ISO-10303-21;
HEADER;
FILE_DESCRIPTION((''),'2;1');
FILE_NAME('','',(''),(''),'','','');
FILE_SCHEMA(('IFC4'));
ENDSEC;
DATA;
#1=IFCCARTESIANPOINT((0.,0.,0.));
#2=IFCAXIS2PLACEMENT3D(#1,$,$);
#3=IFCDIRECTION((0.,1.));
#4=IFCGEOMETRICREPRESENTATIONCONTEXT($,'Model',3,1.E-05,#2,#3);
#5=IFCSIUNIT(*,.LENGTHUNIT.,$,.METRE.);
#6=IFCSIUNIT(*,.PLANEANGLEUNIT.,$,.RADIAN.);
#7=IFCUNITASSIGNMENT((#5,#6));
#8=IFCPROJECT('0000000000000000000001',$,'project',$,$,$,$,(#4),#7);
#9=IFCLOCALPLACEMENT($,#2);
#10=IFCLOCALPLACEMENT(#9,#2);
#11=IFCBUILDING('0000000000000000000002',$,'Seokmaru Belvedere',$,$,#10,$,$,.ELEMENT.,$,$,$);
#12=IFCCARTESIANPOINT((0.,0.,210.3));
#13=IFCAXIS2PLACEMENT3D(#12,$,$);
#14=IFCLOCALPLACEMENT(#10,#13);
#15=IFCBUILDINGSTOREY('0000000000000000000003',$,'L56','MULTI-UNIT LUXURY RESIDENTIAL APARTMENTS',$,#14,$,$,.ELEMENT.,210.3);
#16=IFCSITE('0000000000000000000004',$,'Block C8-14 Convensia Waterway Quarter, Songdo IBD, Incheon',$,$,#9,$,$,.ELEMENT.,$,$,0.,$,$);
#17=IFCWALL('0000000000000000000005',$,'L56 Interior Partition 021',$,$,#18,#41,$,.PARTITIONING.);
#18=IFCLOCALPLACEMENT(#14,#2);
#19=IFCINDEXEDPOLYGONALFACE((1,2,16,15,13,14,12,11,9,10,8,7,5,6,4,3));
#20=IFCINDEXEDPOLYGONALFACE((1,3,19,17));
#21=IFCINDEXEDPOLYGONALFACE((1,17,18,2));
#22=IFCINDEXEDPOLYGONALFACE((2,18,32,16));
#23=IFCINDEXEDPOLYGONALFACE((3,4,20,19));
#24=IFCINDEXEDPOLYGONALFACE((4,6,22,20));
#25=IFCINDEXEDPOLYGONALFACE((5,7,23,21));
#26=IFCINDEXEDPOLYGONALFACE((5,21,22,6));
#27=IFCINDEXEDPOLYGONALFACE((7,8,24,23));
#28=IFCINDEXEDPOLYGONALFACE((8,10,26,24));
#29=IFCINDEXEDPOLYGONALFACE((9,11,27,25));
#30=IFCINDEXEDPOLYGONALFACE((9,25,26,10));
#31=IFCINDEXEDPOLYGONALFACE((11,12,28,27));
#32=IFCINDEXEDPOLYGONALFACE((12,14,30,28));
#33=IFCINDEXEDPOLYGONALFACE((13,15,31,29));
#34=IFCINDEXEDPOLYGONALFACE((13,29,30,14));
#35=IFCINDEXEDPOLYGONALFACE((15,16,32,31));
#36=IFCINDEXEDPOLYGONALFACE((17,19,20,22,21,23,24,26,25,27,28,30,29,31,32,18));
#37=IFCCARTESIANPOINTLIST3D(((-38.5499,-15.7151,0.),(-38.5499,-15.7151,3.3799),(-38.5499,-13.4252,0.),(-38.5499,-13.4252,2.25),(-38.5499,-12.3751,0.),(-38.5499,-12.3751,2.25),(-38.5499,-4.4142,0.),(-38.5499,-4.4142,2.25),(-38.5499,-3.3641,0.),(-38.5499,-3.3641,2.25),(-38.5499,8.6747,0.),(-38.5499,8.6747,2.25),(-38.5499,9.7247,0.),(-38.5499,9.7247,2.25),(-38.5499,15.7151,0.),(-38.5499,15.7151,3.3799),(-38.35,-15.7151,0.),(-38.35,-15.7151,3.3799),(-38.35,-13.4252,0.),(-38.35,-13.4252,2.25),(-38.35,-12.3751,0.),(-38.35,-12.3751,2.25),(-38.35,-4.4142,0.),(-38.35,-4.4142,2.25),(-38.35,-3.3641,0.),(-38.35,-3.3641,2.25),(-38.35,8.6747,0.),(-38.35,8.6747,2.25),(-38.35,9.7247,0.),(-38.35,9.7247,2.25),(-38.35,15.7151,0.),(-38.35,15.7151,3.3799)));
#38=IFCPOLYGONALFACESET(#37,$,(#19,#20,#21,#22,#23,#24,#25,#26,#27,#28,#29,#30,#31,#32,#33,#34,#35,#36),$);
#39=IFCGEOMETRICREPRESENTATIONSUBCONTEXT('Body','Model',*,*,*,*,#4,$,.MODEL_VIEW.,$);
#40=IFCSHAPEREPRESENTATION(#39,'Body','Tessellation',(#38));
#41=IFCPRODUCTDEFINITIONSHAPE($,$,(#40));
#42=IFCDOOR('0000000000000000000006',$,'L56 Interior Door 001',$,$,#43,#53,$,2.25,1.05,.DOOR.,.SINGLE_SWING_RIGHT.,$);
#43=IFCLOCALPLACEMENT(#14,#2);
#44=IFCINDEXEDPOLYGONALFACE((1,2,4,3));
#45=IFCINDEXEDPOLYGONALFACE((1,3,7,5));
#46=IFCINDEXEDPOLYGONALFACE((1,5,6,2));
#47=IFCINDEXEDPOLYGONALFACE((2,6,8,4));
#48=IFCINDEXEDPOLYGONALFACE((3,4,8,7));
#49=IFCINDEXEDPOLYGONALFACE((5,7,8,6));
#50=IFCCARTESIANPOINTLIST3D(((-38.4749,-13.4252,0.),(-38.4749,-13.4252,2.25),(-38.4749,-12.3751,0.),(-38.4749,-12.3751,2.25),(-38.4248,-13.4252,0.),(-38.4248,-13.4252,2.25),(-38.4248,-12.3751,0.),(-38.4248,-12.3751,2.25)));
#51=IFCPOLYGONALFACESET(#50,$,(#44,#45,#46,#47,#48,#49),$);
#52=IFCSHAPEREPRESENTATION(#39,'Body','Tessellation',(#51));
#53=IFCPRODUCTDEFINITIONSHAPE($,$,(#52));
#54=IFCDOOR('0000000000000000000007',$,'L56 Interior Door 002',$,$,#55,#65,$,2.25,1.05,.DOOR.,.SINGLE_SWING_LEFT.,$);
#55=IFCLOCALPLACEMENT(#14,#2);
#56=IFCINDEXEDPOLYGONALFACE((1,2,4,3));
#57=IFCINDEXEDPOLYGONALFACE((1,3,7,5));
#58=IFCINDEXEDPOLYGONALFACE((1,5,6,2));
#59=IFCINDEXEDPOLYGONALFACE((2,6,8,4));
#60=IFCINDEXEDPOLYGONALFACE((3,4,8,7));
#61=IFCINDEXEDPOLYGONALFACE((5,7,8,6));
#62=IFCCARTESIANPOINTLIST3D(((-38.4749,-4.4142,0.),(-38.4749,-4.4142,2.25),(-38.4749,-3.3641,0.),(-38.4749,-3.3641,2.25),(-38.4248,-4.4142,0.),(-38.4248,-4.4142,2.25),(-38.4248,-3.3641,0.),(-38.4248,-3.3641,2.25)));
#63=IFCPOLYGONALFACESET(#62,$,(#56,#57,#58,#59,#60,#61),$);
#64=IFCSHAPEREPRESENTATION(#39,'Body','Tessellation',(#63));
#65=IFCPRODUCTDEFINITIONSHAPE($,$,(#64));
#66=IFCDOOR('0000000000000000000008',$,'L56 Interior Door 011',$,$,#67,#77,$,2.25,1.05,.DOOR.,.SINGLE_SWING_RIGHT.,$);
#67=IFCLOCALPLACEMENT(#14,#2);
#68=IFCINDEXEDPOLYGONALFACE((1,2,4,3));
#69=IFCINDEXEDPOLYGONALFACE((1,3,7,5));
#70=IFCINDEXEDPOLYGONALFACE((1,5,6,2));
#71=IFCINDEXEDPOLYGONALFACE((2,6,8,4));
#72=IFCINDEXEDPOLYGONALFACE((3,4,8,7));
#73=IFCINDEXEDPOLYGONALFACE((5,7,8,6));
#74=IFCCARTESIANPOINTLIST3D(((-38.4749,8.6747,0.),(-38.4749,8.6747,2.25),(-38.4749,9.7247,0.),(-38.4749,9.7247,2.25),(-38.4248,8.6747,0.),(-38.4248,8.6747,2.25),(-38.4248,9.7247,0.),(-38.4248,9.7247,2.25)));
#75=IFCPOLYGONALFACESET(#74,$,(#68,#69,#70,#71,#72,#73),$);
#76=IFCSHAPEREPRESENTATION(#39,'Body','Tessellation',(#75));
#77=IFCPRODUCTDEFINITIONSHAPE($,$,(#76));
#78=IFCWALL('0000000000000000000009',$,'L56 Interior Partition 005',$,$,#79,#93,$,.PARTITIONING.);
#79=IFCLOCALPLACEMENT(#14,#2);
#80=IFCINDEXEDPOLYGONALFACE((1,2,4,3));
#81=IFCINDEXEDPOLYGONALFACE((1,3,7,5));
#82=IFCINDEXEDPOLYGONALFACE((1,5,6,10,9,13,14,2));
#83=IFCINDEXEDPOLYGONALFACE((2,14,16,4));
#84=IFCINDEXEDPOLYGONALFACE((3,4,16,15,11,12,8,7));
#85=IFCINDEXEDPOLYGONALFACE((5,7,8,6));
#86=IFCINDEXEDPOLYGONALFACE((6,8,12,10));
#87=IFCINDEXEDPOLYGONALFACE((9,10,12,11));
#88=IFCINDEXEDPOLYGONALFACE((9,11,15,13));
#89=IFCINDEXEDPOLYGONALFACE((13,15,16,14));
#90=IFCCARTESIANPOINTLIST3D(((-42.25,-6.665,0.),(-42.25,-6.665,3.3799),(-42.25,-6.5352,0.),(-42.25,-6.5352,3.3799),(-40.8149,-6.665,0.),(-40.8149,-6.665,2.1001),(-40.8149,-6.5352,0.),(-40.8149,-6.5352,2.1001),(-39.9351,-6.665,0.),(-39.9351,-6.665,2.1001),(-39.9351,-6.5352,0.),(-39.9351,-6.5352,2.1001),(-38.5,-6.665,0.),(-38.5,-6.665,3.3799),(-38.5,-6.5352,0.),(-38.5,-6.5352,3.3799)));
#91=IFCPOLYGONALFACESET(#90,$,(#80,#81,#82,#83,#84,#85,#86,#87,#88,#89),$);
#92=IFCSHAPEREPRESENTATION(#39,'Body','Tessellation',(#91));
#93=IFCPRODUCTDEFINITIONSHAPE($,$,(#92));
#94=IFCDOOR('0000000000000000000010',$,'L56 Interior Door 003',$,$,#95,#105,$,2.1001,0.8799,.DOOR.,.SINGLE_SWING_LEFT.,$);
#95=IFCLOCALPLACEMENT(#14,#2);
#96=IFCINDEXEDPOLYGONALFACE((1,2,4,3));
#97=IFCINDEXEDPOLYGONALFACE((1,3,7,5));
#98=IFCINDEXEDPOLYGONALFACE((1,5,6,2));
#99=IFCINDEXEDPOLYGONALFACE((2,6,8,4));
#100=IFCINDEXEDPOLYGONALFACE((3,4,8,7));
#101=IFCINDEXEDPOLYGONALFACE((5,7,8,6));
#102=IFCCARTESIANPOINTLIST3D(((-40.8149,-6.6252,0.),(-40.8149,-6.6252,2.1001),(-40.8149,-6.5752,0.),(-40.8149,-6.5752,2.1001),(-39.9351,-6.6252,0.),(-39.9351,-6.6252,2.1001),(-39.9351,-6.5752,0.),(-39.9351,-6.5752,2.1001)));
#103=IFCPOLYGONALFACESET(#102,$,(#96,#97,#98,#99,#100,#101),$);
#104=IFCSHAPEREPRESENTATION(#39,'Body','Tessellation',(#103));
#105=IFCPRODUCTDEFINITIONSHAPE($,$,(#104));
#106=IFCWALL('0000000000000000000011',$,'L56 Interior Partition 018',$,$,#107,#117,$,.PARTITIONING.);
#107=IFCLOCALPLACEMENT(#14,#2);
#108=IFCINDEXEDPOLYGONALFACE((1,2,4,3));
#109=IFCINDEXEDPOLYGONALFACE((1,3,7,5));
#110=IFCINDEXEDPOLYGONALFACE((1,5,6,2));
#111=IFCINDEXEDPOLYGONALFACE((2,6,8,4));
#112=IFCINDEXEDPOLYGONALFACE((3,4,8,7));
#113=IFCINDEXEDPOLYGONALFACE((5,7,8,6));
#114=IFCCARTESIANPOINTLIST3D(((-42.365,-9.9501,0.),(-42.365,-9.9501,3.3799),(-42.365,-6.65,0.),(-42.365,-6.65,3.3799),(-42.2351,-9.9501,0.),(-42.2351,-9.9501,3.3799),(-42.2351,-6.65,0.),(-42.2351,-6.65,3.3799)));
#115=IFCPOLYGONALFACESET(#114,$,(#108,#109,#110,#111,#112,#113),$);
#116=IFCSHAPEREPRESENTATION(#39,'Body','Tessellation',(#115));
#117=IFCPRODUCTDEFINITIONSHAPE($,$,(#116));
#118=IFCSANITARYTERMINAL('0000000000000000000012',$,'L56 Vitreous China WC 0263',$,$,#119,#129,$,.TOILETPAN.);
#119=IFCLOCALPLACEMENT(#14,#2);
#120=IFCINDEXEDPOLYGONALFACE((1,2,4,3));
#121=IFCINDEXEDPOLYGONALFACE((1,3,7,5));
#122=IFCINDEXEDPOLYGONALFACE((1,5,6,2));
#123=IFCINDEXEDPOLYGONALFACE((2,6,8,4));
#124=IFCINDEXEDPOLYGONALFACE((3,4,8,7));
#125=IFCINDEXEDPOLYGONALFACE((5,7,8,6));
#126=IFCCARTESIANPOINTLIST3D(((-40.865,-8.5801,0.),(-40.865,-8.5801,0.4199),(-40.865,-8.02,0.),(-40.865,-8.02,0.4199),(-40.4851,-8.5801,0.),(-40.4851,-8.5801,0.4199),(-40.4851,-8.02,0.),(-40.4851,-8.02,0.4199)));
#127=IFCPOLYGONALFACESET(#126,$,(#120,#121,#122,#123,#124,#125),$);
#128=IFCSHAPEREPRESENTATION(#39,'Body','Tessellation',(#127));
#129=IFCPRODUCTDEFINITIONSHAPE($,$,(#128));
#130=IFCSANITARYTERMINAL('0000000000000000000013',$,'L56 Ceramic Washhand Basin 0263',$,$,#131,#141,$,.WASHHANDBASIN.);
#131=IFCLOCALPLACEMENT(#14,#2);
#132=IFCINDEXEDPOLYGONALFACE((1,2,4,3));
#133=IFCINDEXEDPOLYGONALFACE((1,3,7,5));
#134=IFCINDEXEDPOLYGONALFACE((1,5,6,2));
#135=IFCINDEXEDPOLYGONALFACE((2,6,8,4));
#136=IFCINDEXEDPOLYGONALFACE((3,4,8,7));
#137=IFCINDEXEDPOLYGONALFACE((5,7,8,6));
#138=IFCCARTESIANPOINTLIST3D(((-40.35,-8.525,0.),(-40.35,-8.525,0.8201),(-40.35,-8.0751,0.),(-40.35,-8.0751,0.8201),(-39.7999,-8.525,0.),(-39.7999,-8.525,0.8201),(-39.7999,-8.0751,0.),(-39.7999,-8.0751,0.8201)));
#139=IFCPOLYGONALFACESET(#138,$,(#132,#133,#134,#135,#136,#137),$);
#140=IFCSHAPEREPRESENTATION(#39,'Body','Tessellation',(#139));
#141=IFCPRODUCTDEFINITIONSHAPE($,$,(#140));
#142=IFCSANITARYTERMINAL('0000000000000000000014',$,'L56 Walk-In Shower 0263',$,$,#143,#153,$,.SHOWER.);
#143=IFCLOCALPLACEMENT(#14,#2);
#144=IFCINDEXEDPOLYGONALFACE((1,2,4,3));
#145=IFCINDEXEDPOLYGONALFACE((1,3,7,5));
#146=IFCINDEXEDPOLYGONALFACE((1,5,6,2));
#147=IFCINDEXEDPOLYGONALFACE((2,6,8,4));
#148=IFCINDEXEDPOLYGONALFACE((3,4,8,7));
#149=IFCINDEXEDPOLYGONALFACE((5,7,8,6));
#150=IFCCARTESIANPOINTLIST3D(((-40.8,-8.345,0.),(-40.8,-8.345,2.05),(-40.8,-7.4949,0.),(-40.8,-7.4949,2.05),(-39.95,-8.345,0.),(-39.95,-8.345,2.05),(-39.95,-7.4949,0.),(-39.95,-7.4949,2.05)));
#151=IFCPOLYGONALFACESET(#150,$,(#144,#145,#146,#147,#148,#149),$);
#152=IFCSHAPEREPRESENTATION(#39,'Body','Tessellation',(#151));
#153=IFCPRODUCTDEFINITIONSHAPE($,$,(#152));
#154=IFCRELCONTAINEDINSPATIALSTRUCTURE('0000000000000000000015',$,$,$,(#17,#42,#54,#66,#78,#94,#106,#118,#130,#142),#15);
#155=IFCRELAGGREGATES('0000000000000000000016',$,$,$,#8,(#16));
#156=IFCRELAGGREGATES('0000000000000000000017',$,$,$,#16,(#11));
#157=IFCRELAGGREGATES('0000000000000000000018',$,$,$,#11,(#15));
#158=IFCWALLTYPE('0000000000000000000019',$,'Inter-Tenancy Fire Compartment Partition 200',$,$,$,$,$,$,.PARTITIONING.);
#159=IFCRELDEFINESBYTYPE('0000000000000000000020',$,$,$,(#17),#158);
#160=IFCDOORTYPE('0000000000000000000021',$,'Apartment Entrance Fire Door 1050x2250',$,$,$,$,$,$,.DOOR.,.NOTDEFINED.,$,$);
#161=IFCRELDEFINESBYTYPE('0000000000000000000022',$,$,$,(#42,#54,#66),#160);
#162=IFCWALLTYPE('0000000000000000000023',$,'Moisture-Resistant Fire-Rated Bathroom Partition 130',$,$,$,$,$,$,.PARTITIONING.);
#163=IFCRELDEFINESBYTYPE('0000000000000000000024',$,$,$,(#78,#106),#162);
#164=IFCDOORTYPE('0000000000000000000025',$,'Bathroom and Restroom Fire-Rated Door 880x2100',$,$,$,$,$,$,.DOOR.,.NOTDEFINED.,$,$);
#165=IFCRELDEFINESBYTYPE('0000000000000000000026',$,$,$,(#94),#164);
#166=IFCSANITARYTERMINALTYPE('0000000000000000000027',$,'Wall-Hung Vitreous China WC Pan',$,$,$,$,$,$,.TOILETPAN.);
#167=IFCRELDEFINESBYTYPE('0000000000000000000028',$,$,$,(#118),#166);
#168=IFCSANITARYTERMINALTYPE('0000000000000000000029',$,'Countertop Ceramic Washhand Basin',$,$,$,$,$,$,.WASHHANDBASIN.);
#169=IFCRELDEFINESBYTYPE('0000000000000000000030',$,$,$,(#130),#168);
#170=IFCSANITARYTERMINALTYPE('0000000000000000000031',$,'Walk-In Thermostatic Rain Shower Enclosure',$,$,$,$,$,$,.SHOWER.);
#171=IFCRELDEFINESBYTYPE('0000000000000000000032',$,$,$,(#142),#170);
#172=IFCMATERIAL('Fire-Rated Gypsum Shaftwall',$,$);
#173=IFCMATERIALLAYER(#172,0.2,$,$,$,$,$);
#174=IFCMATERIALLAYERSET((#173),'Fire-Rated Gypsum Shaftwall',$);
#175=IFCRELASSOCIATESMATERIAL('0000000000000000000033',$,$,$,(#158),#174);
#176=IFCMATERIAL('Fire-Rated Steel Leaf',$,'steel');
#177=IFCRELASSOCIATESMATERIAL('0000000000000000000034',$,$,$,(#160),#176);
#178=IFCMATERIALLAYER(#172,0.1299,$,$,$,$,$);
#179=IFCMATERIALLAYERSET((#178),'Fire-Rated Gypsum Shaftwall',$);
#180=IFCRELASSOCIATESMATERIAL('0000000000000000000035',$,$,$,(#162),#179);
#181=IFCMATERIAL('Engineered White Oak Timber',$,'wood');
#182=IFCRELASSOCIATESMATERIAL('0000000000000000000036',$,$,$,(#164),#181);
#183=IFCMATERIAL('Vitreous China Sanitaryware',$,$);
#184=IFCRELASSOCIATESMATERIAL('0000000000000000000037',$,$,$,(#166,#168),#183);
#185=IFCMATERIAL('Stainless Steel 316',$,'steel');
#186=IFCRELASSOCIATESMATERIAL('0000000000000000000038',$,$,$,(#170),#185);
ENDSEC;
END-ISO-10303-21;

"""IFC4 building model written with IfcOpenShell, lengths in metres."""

from ifc_helpers import new_model, si_unit, direction, frame, frame_2d, origin, origin_2d, place, context, subcontext, project, spatial, rectangle, extrude, source, transform, mapped, material, layer, layer_set, type_object, type_shapes, element, fill, save


model = new_model("IFC4")

# Units and contexts
model_context = context("Model", 3, precision=1e-05, world=origin(), true_north=direction((0.0, 1.0)))
body_context = subcontext(model_context, "Body", "Model", "MODEL_VIEW")
ifc_project = project(units=[si_unit("LENGTHUNIT", "METRE"), si_unit("PLANEANGLEUNIT", "RADIAN")], contexts=[model_context])

# Site, building, storey
site_placement = place(None, origin())
site = spatial("IfcSite", under=ifc_project, at=site_placement, Name="Block C8-14 Convensia Waterway Quarter, Songdo IBD, Incheon", CompositionType="ELEMENT", RefElevation=0.0)
building_placement = place(site_placement, origin())
building = spatial("IfcBuilding", under=site, at=building_placement, Name="Seokmaru Belvedere", CompositionType="ELEMENT")
storey_placement = place(building_placement, frame((0.0, 0.0, 210.3)))
storey = spatial("IfcBuildingStorey", under=building, at=storey_placement, Name="L56", Description="MULTI-UNIT LUXURY RESIDENTIAL APARTMENTS", CompositionType="ELEMENT", Elevation=210.3)

# Shared definitions
ifc_material_1 = material(Name="Fire-Rated Gypsum Shaftwall")
ifc_material_2 = material(Name="Engineered White Oak Timber", Category="wood")

# Shared definitions
ifc_layer_1 = layer(ifc_material_1, 0.2)
ifc_layer_set_1 = layer_set([ifc_layer_1], Name="Fire-Rated Gypsum Shaftwall")
wall_type_1 = type_object("IfcWallType", Name="Inter-Tenancy Fire Compartment Partition 200", PredefinedType="PARTITIONING", material=ifc_layer_set_1)

# Wall, openings, doors
wall_1_placement = place(storey_placement, frame((-38.45, -15.7151, 0.0), z_axis=(0.0, 0.0, 1.0), x_axis=(0.0, 1.0, 0.0)))
wall_1 = element("IfcWall", 1, at=wall_1_placement, inside=storey, type_object=wall_type_1, Name="L56 Interior Partition 021", PredefinedType="PARTITIONING", context=body_context, shape_type="SweptSolid", body=[
    extrude(rectangle(XDim=31.4302, YDim=0.2, at=frame_2d((15.7151, 0.0))), origin(), (0.0, 0.0, 1.0), 3.3799),
])
opening_1_placement = place(wall_1_placement, frame((2.29, 0.0, 0.0)))
opening_1 = element("IfcOpeningElement", 2, at=opening_1_placement, cuts=wall_1, PredefinedType="OPENING", context=body_context, shape_type="SweptSolid", body=[
    extrude(rectangle(XDim=1.05, YDim=2.25, at=frame_2d((0.5249, 1.125))), frame((0.0, 0.1099, 0.0), z_axis=(0.0, -1.0, 0.0), x_axis=(1.0, 0.0, 0.0)), (0.0, 0.0, 1.0), 0.22),
])
opening_2_placement = place(wall_1_placement, frame((11.301, 0.0, 0.0)))
opening_2 = element("IfcOpeningElement", 3, at=opening_2_placement, cuts=wall_1, PredefinedType="OPENING", context=body_context, shape_type="SweptSolid", body=[
    extrude(rectangle(XDim=1.05, YDim=2.25, at=frame_2d((0.5249, 1.125))), frame((0.0, 0.1099, 0.0), z_axis=(0.0, -1.0, 0.0), x_axis=(1.0, 0.0, 0.0)), (0.0, 0.0, 1.0), 0.22),
])
opening_3_placement = place(wall_1_placement, frame((24.3899, 0.0, 0.0)))
opening_3 = element("IfcOpeningElement", 4, at=opening_3_placement, cuts=wall_1, PredefinedType="OPENING", context=body_context, shape_type="SweptSolid", body=[
    extrude(rectangle(XDim=1.05, YDim=2.25, at=frame_2d((0.5249, 1.125))), frame((0.0, 0.1099, 0.0), z_axis=(0.0, -1.0, 0.0), x_axis=(1.0, 0.0, 0.0)), (0.0, 0.0, 1.0), 0.22),
])
ifc_material_3 = material(Name="Fire-Rated Steel Leaf", Category="steel")
door_type_1 = type_object("IfcDoorType", Name="Apartment Entrance Fire Door 1050x2250", OperationType="NOTDEFINED", PredefinedType="DOOR", material=ifc_material_3)
shared_shape_1 = source(origin(), body_context, "Body", "SweptSolid", [
    extrude(rectangle(XDim=1.05, YDim=2.25, at=frame_2d((0.5249, 1.125))), frame((0.0, 0.0249, 0.0), z_axis=(0.0, -1.0, 0.0), x_axis=(1.0, 0.0, 0.0)), (0.0, 0.0, 1.0), 0.05),
])
type_shapes(door_type_1, [shared_shape_1])
door_1_placement = place(opening_1_placement, origin())
door_1 = element("IfcDoor", 5, at=door_1_placement, inside=storey, type_object=door_type_1, Name="L56 Interior Door 001", OperationType="SINGLE_SWING_RIGHT", OverallHeight=2.25, OverallWidth=1.05, PredefinedType="DOOR", context=body_context, shape_type="MappedRepresentation", body=[
    mapped(shared_shape_1, transform((0.0, 0.0, 0.0), scale=1.0)),
])
fill(opening_1, door_1)
door_2_placement = place(opening_2_placement, origin())
door_2 = element("IfcDoor", 6, at=door_2_placement, inside=storey, type_object=door_type_1, Name="L56 Interior Door 002", OperationType="SINGLE_SWING_LEFT", OverallHeight=2.25, OverallWidth=1.05, PredefinedType="DOOR", context=body_context, shape_type="MappedRepresentation", body=[
    mapped(shared_shape_1, transform((0.0, 0.0, 0.0), scale=1.0)),
])
fill(opening_2, door_2)
door_3_placement = place(opening_3_placement, origin())
door_3 = element("IfcDoor", 7, at=door_3_placement, inside=storey, type_object=door_type_1, Name="L56 Interior Door 011", OperationType="SINGLE_SWING_RIGHT", OverallHeight=2.25, OverallWidth=1.05, PredefinedType="DOOR", context=body_context, shape_type="MappedRepresentation", body=[
    mapped(shared_shape_1, transform((0.0, 0.0, 0.0), scale=1.0)),
])
fill(opening_3, door_3)

# Wall, opening, door
ifc_layer_2 = layer(ifc_material_1, 0.1299)
ifc_layer_set_2 = layer_set([ifc_layer_2], Name="Fire-Rated Gypsum Shaftwall")
wall_type_2 = type_object("IfcWallType", Name="Moisture-Resistant Fire-Rated Bathroom Partition 130", PredefinedType="PARTITIONING", material=ifc_layer_set_2)
wall_2_placement = place(storey_placement, frame((-42.25, -6.6001, 0.0), z_axis=(0.0, 0.0, 1.0), x_axis=(1.0, 0.0, 0.0)))
wall_2 = element("IfcWall", 8, at=wall_2_placement, inside=storey, type_object=wall_type_2, Name="L56 Interior Partition 005", PredefinedType="PARTITIONING", context=body_context, shape_type="SweptSolid", body=[
    extrude(rectangle(XDim=3.75, YDim=0.1299, at=frame_2d((1.875, 0.0))), origin(), (0.0, 0.0, 1.0), 3.3799),
])
opening_4_placement = place(wall_2_placement, frame((1.4351, 0.0, 0.0)))
opening_4 = element("IfcOpeningElement", 9, at=opening_4_placement, cuts=wall_2, PredefinedType="OPENING", context=body_context, shape_type="SweptSolid", body=[
    extrude(rectangle(XDim=0.8799, YDim=2.1001, at=frame_2d((0.4399, 1.05))), frame((0.0, 0.075, 0.0), z_axis=(0.0, -1.0, 0.0), x_axis=(1.0, 0.0, 0.0)), (0.0, 0.0, 1.0), 0.1499),
])
door_type_2 = type_object("IfcDoorType", Name="Bathroom and Restroom Fire-Rated Door 880x2100", OperationType="NOTDEFINED", PredefinedType="DOOR", material=ifc_material_2)
shared_shape_2 = source(origin(), body_context, "Body", "SweptSolid", [
    extrude(rectangle(XDim=0.8799, YDim=2.1001, at=frame_2d((0.4399, 1.05))), frame((0.0, 0.0249, 0.0), z_axis=(0.0, -1.0, 0.0), x_axis=(1.0, 0.0, 0.0)), (0.0, 0.0, 1.0), 0.05),
])
type_shapes(door_type_2, [shared_shape_2])
door_4_placement = place(opening_4_placement, origin())
door_4 = element("IfcDoor", 10, at=door_4_placement, inside=storey, type_object=door_type_2, Name="L56 Interior Door 003", OperationType="SINGLE_SWING_LEFT", OverallHeight=2.1001, OverallWidth=0.8799, PredefinedType="DOOR", context=body_context, shape_type="MappedRepresentation", body=[
    mapped(shared_shape_2, transform((0.0, 0.0, 0.0), scale=1.0)),
])
fill(opening_4, door_4)

# Wall
wall_3_placement = place(storey_placement, frame((-42.3, -9.95, 0.0), z_axis=(0.0, 0.0, 1.0), x_axis=(0.0, 1.0, 0.0)))
element("IfcWall", 11, at=wall_3_placement, inside=storey, type_object=wall_type_2, Name="L56 Interior Partition 018", PredefinedType="PARTITIONING", context=body_context, shape_type="SweptSolid", body=[
    extrude(rectangle(XDim=3.3, YDim=0.1299, at=frame_2d((1.6499, 0.0))), origin(), (0.0, 0.0, 1.0), 3.3799),
])

# Sanitary terminals
ifc_material_4 = material(Name="Vitreous China Sanitaryware")
sanitary_terminal_type_1 = type_object("IfcSanitaryTerminalType", Name="Wall-Hung Vitreous China WC Pan", PredefinedType="TOILETPAN", material=ifc_material_4)
shared_shape_3 = source(origin(), body_context, "Body", "SweptSolid", [
    extrude(rectangle(XDim=0.3799, YDim=0.5601, at=origin_2d()), origin(), (0.0, 0.0, 1.0), 0.4199),
])
type_shapes(sanitary_terminal_type_1, [shared_shape_3])
sanitary_terminal_1_placement = place(storey_placement, frame((-40.675, -8.3, 0.0), z_axis=(0.0, 0.0, 1.0), x_axis=(1.0, 0.0, 0.0)))
element("IfcSanitaryTerminal", 12, at=sanitary_terminal_1_placement, inside=storey, type_object=sanitary_terminal_type_1, Name="L56 Vitreous China WC 0263", PredefinedType="TOILETPAN", context=body_context, shape_type="MappedRepresentation", body=[
    mapped(shared_shape_3, transform((0.0, 0.0, 0.0), scale=1.0)),
])
sanitary_terminal_type_2 = type_object("IfcSanitaryTerminalType", Name="Countertop Ceramic Washhand Basin", PredefinedType="WASHHANDBASIN", material=ifc_material_4)
shared_shape_4 = source(origin(), body_context, "Body", "SweptSolid", [
    extrude(rectangle(XDim=0.55, YDim=0.45, at=origin_2d()), origin(), (0.0, 0.0, 1.0), 0.8201),
])
type_shapes(sanitary_terminal_type_2, [shared_shape_4])
sanitary_terminal_2_placement = place(storey_placement, frame((-40.075, -8.3, 0.0), z_axis=(0.0, 0.0, 1.0), x_axis=(1.0, 0.0, 0.0)))
element("IfcSanitaryTerminal", 13, at=sanitary_terminal_2_placement, inside=storey, type_object=sanitary_terminal_type_2, Name="L56 Ceramic Washhand Basin 0263", PredefinedType="WASHHANDBASIN", context=body_context, shape_type="MappedRepresentation", body=[
    mapped(shared_shape_4, transform((0.0, 0.0, 0.0), scale=1.0)),
])
ifc_material_5 = material(Name="Stainless Steel 316", Category="steel")
sanitary_terminal_type_3 = type_object("IfcSanitaryTerminalType", Name="Walk-In Thermostatic Rain Shower Enclosure", PredefinedType="SHOWER", material=ifc_material_5)
shared_shape_5 = source(origin(), body_context, "Body", "SweptSolid", [
    extrude(rectangle(XDim=0.8501, YDim=0.8501, at=origin_2d()), origin(), (0.0, 0.0, 1.0), 2.05),
])
type_shapes(sanitary_terminal_type_3, [shared_shape_5])
sanitary_terminal_3_placement = place(storey_placement, frame((-40.375, -7.9199, 0.0), z_axis=(0.0, 0.0, 1.0), x_axis=(1.0, 0.0, 0.0)))
element("IfcSanitaryTerminal", 14, at=sanitary_terminal_3_placement, inside=storey, type_object=sanitary_terminal_type_3, Name="L56 Walk-In Shower 0263", PredefinedType="SHOWER", context=body_context, shape_type="MappedRepresentation", body=[
    mapped(shared_shape_5, transform((0.0, 0.0, 0.0), scale=1.0)),
])

save(model, "model.ifc")
